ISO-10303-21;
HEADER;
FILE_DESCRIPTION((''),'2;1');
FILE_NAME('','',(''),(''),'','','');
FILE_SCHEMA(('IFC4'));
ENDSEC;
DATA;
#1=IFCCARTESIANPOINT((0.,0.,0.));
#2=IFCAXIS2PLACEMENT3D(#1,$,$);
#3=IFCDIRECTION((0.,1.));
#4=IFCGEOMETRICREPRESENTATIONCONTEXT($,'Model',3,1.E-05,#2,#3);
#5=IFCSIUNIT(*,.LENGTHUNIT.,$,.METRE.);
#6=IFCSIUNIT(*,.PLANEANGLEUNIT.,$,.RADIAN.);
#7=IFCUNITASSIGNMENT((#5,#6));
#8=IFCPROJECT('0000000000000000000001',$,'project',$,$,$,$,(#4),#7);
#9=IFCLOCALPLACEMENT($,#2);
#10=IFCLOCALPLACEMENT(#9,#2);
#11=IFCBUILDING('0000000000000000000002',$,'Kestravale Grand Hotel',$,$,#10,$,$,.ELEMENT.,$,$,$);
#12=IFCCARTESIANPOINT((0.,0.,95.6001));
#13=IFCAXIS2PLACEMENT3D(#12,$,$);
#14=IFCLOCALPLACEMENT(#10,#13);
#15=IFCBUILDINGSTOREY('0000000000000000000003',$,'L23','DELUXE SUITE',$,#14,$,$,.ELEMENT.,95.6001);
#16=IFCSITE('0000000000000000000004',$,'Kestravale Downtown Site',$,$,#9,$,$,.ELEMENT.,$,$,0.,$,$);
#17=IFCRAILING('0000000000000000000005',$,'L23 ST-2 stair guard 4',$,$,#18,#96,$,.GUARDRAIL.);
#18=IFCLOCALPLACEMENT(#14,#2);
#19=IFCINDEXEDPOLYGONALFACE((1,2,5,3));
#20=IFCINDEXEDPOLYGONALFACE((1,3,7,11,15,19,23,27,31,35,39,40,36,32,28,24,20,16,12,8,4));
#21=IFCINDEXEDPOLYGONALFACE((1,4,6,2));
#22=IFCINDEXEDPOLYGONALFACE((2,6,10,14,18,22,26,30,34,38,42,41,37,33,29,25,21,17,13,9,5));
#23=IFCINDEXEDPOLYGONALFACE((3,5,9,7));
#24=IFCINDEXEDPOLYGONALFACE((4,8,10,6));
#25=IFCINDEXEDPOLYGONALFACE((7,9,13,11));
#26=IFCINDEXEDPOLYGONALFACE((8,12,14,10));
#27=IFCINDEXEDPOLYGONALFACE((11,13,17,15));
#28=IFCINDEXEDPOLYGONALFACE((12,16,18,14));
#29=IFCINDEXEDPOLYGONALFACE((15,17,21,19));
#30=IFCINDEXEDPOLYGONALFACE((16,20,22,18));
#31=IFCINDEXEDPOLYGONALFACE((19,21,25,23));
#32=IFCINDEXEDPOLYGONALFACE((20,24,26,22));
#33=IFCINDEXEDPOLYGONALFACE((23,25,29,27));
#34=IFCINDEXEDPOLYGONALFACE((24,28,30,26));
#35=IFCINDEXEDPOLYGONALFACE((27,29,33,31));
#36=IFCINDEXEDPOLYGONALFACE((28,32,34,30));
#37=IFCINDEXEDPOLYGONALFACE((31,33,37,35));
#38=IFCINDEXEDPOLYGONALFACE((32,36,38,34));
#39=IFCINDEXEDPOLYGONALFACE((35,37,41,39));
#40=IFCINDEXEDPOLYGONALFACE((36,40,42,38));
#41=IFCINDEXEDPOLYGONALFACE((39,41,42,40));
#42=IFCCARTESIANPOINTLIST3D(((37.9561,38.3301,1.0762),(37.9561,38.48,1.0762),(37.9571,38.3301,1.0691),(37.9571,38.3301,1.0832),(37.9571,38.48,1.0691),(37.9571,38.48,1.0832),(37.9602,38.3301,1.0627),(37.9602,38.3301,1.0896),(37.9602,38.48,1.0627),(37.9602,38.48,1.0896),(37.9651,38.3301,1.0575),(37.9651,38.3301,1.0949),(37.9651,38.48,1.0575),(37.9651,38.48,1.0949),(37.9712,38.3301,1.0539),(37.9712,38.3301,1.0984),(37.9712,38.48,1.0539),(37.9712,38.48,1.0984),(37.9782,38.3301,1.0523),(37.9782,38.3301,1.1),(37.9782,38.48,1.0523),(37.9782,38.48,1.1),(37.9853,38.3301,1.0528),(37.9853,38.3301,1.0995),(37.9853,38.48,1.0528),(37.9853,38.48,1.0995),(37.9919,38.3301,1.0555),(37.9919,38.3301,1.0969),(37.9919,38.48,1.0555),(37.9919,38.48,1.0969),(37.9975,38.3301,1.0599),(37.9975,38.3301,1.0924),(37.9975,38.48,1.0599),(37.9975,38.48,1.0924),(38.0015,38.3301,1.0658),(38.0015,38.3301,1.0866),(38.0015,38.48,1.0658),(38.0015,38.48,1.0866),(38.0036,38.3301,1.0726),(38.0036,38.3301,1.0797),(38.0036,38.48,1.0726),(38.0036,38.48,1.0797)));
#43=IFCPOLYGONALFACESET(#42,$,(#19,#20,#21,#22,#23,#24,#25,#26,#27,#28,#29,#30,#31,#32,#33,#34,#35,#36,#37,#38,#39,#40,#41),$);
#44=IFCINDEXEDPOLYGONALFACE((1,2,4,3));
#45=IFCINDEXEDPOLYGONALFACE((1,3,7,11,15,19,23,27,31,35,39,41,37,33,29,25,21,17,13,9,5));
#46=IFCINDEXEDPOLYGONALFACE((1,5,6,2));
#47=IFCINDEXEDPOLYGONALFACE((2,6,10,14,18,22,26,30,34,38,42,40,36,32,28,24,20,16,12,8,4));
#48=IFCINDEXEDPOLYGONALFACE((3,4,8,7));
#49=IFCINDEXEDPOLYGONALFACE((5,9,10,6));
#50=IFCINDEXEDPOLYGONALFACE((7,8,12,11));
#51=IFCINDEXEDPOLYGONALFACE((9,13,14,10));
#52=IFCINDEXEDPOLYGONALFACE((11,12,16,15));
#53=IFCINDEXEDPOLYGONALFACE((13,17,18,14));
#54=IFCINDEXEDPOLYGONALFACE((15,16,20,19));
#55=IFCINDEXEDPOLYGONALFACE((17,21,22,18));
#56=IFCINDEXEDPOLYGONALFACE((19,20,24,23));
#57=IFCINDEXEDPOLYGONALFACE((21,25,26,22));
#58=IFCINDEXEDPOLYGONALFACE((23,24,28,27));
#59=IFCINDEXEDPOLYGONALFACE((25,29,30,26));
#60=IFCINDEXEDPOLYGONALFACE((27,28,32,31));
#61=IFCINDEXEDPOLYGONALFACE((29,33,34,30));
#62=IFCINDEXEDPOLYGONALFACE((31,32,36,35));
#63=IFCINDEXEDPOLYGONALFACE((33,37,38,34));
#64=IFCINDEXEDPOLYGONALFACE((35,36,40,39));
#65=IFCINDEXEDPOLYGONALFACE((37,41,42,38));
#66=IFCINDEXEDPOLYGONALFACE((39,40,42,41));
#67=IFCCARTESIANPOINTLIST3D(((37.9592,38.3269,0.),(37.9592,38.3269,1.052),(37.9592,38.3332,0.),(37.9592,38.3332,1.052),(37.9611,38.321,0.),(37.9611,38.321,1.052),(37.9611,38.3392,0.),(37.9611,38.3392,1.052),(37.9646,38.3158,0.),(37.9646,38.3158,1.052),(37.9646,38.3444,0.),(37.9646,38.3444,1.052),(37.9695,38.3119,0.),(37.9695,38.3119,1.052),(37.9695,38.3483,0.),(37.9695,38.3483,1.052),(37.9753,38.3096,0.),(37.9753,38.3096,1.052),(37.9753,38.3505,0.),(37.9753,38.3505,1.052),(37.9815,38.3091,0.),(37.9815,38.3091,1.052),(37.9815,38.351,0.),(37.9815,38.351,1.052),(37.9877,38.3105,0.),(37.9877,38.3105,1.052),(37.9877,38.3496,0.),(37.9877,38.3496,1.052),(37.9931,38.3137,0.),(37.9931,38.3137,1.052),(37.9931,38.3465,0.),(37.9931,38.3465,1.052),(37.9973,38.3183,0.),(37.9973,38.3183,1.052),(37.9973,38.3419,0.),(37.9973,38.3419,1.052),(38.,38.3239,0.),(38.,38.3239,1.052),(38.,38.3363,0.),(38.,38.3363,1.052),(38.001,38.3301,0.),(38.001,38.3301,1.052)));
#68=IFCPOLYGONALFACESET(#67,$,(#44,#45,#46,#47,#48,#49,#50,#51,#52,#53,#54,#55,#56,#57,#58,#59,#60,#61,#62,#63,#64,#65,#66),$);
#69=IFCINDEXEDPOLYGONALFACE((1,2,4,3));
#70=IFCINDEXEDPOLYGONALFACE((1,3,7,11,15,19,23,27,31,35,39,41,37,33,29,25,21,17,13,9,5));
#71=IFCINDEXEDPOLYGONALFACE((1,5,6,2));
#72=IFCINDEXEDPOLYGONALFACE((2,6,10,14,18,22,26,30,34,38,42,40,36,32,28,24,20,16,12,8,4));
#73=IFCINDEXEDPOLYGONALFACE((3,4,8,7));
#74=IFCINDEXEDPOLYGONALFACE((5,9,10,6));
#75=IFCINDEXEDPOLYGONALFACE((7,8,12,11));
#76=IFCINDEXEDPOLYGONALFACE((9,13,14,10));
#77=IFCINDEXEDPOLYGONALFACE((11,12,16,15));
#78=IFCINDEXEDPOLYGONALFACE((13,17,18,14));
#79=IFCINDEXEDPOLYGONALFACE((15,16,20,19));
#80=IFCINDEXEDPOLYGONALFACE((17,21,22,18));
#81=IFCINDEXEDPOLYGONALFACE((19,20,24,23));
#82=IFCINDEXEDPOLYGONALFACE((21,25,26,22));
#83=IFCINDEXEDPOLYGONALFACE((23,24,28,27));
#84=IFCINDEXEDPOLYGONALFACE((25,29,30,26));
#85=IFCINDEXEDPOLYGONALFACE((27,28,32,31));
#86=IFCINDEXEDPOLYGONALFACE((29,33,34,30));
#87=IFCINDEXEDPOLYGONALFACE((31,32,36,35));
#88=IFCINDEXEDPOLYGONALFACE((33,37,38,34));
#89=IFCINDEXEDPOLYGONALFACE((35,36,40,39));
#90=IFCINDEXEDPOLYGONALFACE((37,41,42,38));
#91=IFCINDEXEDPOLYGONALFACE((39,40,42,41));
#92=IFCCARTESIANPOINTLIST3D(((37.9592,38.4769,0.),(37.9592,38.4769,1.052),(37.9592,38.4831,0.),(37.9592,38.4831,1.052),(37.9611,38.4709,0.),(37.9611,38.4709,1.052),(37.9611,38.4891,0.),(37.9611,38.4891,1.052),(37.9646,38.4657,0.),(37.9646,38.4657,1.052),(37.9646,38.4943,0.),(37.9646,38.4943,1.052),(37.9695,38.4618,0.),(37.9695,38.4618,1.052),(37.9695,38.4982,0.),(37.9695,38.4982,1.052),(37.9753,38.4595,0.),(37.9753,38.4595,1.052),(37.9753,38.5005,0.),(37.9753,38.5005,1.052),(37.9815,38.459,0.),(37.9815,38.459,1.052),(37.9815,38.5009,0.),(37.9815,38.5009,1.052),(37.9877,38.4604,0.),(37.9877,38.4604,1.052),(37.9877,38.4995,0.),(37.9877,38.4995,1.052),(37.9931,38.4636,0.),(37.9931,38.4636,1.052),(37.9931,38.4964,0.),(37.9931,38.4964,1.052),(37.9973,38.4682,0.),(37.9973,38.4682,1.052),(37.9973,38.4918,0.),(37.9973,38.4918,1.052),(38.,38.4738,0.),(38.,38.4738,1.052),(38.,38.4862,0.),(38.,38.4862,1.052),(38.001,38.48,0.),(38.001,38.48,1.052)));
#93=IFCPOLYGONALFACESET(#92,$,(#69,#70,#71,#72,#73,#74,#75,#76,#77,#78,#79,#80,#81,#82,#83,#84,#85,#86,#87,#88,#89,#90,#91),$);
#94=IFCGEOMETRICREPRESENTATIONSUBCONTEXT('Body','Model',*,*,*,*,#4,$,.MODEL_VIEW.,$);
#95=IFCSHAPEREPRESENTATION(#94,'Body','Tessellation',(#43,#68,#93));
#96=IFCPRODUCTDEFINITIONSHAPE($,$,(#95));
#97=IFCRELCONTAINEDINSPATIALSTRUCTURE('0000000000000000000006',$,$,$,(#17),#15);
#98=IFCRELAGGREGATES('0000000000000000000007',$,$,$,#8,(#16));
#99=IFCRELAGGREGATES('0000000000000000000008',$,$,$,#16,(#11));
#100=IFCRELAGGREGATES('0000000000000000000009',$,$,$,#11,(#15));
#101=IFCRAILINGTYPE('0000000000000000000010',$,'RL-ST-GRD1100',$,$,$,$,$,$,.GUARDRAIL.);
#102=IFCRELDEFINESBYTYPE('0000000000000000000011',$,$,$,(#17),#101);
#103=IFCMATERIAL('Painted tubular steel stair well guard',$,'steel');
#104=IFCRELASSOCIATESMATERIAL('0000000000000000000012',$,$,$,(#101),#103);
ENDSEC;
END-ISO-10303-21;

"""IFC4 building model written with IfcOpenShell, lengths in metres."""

from ifc_helpers import new_model, si_unit, direction, frame, origin, origin_2d, place, context, subcontext, project, spatial, circle, extrude, material, type_object, element, save


model = new_model("IFC4")

# Units and contexts
model_context = context("Model", 3, precision=1e-05, world=origin(), true_north=direction((0.0, 1.0)))
body_context = subcontext(model_context, "Body", "Model", "MODEL_VIEW")
ifc_project = project(units=[si_unit("LENGTHUNIT", "METRE"), si_unit("PLANEANGLEUNIT", "RADIAN")], contexts=[model_context])

# Site, building, storey
site_placement = place(None, origin())
site = spatial("IfcSite", under=ifc_project, at=site_placement, Name="Kestravale Downtown Site", CompositionType="ELEMENT", RefElevation=0.0)
building_placement = place(site_placement, origin())
building = spatial("IfcBuilding", under=site, at=building_placement, Name="Kestravale Grand Hotel", CompositionType="ELEMENT")
storey_placement = place(building_placement, frame((0.0, 0.0, 95.6001)))
storey = spatial("IfcBuildingStorey", under=building, at=storey_placement, Name="L23", Description="DELUXE SUITE", CompositionType="ELEMENT", Elevation=95.6001)

# Railing
ifc_material_1 = material(Name="Painted tubular steel stair well guard", Category="steel")
railing_type_1 = type_object("IfcRailingType", Name="RL-ST-GRD1100", PredefinedType="GUARDRAIL", material=ifc_material_1)
railing_1_placement = place(storey_placement, frame((37.98, 38.3301, 0.0)))
element("IfcRailing", 1, at=railing_1_placement, inside=storey, type_object=railing_type_1, Name="L23 ST-2 stair guard 4", PredefinedType="GUARDRAIL", context=body_context, shape_type="SweptSolid", body=[
    extrude(circle(Radius=0.0239, at=origin_2d()), frame((0.0, 0.0, 1.0762), z_axis=(0.0, 1.0, 0.0), x_axis=(-1.0, 0.0, 0.0)), (0.0, 0.0, 1.0), 0.1499),
    extrude(circle(Radius=0.021, at=origin_2d()), origin(), (0.0, 0.0, 1.0), 1.052),
    extrude(circle(Radius=0.021, at=origin_2d()), frame((0.0, 0.1499, 0.0)), (0.0, 0.0, 1.0), 1.052),
])

save(model, "model.ifc")
